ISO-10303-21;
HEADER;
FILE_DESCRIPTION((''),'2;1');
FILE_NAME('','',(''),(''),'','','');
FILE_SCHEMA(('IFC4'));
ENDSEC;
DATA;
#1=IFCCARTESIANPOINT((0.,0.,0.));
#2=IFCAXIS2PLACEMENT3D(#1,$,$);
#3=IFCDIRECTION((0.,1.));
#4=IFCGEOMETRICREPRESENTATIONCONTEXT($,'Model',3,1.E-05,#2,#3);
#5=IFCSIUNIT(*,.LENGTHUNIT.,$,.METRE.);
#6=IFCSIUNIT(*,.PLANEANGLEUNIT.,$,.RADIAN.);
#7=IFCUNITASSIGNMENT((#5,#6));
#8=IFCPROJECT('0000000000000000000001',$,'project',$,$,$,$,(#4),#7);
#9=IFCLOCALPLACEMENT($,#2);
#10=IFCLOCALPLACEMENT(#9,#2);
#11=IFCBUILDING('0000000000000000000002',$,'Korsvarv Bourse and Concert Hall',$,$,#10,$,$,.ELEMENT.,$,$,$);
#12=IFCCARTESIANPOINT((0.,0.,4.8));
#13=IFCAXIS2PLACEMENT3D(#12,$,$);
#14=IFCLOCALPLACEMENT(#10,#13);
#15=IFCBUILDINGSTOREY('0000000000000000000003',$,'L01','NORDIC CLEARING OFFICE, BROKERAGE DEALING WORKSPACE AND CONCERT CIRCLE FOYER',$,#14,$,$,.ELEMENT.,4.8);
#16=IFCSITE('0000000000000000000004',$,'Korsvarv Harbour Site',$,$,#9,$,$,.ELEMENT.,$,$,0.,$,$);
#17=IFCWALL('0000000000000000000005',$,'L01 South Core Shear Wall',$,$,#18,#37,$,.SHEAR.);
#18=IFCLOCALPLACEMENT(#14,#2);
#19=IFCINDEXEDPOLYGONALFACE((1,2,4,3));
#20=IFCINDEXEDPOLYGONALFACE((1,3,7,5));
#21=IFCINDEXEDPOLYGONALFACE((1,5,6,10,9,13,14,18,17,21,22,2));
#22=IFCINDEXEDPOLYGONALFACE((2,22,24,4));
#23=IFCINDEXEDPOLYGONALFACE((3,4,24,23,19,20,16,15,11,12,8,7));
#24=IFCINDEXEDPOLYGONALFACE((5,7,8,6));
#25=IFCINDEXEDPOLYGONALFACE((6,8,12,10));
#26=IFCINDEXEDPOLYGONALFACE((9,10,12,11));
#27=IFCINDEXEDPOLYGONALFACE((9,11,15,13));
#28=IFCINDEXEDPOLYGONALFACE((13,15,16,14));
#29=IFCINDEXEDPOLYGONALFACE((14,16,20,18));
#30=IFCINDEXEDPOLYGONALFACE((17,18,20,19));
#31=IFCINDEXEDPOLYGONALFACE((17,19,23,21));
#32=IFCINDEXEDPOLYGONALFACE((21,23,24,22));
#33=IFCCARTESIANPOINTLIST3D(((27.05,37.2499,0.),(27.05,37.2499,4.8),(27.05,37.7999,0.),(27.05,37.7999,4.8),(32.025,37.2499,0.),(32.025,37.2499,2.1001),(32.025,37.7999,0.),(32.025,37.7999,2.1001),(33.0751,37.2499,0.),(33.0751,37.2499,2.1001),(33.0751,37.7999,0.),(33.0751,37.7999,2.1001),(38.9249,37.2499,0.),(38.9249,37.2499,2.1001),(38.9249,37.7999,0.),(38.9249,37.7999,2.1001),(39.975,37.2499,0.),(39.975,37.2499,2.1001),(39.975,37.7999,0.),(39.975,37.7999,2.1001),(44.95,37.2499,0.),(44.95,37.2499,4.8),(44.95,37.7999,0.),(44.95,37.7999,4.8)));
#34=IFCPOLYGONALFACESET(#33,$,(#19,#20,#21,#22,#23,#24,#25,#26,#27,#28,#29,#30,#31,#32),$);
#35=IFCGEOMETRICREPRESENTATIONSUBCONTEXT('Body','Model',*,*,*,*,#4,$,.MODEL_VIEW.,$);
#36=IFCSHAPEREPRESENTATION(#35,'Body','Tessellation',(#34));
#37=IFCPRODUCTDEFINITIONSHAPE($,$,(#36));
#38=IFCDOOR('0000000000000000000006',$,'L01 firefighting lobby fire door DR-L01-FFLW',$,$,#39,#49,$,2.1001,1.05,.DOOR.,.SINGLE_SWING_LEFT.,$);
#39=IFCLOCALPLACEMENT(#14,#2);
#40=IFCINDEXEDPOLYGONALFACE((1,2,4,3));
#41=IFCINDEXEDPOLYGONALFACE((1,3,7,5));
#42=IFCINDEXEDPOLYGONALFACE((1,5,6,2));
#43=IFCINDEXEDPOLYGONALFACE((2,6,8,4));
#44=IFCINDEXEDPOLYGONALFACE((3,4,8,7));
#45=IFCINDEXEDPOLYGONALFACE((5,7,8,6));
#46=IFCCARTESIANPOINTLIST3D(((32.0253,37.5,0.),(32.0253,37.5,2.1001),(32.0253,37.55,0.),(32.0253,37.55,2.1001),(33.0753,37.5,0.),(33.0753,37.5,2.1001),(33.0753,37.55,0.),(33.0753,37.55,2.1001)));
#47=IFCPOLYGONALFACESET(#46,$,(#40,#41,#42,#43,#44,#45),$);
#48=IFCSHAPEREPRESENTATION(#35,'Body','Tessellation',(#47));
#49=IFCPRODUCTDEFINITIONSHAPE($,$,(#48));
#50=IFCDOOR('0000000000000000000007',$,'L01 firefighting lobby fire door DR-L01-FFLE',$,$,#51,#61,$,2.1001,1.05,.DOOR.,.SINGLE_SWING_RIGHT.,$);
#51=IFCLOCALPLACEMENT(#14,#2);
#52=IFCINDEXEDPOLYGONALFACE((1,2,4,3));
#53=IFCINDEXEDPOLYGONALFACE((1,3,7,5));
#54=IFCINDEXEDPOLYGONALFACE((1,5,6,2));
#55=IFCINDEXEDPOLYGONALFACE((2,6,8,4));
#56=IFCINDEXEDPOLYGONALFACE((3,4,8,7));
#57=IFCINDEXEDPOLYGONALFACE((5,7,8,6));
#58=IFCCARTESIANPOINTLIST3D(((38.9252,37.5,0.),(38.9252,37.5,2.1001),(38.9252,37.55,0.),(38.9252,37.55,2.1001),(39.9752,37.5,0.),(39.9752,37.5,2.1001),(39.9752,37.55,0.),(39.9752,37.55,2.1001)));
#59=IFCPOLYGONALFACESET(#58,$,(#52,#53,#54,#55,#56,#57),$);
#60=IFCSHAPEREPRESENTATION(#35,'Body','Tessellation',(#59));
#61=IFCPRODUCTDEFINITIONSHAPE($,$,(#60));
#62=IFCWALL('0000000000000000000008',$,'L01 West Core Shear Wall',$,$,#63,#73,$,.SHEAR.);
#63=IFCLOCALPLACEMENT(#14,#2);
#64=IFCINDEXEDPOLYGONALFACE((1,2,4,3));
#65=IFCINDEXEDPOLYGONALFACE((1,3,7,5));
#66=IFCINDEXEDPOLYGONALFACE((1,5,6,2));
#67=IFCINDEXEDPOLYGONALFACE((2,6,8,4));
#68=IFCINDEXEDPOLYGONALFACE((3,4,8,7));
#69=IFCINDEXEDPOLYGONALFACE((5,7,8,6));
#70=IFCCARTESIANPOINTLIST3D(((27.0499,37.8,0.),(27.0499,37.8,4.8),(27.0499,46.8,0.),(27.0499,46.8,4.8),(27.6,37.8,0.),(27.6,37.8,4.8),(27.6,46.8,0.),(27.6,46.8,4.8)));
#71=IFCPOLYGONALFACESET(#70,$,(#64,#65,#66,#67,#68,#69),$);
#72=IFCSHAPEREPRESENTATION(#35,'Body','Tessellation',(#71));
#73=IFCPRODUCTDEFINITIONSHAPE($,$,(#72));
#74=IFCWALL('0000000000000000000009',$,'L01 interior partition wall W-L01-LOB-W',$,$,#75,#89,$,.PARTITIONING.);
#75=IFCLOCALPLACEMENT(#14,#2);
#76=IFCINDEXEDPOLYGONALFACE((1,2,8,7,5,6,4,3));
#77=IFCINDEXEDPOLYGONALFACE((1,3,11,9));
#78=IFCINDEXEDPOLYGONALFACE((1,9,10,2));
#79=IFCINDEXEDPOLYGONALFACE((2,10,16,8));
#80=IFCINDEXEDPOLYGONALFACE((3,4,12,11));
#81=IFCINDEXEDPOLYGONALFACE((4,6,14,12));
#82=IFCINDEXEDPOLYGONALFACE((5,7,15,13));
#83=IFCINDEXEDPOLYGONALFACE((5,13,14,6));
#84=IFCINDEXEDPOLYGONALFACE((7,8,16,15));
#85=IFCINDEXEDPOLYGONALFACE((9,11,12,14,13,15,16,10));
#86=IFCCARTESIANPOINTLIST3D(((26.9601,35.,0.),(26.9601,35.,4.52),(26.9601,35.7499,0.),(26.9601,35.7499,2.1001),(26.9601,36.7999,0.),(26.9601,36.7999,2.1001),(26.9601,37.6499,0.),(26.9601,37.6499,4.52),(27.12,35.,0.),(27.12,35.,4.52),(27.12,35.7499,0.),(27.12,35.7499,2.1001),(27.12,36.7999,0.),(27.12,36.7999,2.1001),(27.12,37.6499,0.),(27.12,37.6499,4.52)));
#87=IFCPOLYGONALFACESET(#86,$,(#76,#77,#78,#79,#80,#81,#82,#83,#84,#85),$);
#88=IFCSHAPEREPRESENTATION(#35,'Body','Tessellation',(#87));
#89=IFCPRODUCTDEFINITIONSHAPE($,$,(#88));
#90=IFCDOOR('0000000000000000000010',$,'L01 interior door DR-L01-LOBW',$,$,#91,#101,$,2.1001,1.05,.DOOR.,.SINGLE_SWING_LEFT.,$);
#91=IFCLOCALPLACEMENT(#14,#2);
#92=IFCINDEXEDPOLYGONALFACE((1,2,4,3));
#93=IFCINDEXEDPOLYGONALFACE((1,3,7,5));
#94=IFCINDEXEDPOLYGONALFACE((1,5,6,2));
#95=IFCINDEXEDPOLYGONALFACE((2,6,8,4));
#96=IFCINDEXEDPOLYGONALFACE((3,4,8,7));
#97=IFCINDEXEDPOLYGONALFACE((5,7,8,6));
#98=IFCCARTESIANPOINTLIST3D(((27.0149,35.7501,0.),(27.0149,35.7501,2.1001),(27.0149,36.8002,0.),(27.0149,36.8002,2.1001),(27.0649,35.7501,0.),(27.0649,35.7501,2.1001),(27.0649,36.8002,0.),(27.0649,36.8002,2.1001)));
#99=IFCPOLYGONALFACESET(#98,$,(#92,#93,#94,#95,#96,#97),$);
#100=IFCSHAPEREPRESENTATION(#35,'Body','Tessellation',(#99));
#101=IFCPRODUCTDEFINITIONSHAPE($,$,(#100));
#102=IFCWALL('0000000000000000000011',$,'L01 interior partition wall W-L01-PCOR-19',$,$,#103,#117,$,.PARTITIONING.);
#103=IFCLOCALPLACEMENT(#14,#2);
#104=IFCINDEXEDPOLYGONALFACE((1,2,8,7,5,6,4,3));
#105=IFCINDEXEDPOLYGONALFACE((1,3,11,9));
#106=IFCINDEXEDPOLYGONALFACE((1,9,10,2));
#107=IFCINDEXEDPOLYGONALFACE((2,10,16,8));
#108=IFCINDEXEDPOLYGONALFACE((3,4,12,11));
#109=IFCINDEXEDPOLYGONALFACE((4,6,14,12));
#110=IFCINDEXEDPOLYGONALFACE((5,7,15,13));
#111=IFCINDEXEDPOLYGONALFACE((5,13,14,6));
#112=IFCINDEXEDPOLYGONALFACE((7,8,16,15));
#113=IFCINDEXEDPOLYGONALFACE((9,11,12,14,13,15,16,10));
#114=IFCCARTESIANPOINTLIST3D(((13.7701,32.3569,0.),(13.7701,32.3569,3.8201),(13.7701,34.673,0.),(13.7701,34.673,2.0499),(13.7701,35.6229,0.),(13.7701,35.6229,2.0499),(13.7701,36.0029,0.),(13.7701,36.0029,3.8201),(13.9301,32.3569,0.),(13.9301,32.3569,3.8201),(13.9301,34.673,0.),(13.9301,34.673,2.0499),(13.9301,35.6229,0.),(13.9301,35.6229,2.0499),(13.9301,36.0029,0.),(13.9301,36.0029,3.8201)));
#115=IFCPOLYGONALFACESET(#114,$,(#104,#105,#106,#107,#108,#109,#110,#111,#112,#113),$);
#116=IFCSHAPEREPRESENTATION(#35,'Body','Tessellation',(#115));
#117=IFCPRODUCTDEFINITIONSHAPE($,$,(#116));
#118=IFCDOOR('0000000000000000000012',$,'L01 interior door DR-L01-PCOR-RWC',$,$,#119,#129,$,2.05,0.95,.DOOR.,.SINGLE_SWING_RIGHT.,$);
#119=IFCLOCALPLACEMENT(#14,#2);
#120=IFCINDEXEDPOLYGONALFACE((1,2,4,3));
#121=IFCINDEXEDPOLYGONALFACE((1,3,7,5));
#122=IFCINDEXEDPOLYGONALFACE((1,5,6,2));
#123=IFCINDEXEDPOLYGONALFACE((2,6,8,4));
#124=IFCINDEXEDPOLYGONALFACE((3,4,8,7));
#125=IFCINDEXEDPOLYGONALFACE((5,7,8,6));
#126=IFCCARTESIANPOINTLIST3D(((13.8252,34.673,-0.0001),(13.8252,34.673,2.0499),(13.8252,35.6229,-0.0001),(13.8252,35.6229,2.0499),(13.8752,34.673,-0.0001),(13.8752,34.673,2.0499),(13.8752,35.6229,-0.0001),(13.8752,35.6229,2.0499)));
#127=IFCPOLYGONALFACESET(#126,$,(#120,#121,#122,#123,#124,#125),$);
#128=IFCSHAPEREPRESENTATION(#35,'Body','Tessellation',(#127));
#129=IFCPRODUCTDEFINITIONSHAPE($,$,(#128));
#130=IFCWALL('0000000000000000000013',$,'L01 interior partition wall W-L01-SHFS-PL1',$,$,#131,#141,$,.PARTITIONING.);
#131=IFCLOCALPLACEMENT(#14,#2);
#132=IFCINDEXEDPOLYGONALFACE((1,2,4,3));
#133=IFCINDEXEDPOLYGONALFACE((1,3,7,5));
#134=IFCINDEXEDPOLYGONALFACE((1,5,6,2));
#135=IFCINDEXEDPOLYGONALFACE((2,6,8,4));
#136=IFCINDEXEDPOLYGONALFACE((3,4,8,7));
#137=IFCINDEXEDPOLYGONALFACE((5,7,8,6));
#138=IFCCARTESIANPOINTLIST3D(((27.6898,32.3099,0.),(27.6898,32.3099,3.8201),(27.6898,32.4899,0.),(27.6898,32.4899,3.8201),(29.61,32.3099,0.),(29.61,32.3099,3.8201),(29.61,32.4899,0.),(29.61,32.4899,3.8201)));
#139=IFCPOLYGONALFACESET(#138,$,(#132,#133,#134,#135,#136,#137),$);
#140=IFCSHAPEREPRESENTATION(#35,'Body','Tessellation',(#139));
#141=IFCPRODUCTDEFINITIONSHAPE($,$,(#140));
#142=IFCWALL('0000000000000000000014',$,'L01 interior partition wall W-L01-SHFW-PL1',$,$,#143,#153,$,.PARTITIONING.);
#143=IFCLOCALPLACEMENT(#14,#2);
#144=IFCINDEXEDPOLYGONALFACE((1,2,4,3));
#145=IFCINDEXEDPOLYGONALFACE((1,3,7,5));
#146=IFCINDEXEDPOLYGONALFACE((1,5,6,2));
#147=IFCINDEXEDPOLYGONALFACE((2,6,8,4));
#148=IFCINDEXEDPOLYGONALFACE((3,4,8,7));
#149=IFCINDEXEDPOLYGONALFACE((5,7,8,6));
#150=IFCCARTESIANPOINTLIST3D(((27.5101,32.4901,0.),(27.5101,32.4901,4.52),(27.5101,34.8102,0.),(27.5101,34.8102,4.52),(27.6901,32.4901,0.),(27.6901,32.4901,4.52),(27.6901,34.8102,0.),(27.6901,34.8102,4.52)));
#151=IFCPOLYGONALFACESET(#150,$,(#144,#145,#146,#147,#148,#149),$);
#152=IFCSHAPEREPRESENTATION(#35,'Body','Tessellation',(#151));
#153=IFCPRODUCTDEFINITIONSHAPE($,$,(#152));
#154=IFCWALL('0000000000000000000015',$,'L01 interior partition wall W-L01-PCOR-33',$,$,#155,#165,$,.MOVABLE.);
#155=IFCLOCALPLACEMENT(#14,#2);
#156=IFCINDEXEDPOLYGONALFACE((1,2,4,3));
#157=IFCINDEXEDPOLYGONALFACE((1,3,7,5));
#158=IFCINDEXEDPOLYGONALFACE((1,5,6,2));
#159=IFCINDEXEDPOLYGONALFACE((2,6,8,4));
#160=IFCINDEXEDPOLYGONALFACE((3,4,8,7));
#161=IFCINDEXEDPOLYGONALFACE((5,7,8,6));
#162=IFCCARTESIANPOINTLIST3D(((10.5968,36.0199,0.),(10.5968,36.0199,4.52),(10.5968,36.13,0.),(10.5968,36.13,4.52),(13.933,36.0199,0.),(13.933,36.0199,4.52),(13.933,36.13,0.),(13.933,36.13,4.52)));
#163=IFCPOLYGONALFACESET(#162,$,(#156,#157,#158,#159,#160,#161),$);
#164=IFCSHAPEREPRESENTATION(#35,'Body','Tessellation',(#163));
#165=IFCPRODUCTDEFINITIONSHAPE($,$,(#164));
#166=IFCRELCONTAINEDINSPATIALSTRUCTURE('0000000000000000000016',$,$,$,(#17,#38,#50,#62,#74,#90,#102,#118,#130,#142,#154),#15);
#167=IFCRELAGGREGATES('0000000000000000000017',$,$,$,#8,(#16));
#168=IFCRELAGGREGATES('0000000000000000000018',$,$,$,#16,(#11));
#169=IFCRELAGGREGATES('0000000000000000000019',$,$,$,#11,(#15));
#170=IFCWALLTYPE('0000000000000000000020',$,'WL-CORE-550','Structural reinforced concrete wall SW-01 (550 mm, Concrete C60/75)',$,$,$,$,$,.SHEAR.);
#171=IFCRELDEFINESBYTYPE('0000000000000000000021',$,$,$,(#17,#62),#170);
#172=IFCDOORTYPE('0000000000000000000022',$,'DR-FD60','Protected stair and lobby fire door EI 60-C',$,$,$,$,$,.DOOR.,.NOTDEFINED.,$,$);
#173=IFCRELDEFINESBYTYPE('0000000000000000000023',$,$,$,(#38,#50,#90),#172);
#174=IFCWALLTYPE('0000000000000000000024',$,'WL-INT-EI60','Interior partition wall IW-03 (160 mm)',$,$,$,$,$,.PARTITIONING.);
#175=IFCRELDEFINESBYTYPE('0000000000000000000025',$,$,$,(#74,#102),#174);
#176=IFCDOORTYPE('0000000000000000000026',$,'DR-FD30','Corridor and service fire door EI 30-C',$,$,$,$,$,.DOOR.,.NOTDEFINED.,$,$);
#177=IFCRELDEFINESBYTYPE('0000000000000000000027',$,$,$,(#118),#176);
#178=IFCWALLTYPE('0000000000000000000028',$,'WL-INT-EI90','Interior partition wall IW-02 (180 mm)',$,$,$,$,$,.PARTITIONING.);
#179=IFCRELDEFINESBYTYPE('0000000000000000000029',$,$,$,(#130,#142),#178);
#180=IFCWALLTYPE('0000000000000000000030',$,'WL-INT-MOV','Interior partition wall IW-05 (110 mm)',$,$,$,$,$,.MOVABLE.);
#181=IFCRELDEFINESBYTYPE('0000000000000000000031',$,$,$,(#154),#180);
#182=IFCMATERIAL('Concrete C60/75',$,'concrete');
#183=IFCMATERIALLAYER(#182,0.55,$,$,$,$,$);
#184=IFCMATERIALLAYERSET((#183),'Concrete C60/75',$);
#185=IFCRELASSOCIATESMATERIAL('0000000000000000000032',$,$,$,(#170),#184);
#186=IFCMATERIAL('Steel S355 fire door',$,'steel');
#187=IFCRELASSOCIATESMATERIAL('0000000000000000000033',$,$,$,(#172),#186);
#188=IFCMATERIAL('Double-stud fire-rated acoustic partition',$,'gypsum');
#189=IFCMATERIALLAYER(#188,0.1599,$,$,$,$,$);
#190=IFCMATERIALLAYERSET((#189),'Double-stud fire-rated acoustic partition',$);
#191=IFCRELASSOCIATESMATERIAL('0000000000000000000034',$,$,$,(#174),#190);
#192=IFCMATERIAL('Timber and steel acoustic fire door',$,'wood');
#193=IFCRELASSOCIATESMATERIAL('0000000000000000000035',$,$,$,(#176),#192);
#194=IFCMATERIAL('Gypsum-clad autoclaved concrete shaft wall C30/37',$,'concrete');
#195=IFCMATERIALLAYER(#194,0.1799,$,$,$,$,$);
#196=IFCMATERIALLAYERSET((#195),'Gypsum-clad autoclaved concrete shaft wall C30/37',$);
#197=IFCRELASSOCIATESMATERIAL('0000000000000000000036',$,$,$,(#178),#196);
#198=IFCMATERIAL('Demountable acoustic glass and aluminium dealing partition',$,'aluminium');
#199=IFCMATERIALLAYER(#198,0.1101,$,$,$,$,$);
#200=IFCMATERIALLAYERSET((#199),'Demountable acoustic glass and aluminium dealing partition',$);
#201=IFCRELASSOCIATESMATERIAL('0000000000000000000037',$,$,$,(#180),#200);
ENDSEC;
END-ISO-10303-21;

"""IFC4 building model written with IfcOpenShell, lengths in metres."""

from ifc_helpers import new_model, si_unit, direction, frame, frame_2d, origin, place, context, subcontext, project, spatial, rectangle, extrude, material, layer, layer_set, type_object, element, fill, save


model = new_model("IFC4")

# Units and contexts
model_context = context("Model", 3, precision=1e-05, world=origin(), true_north=direction((0.0, 1.0)))
body_context = subcontext(model_context, "Body", "Model", "MODEL_VIEW")
ifc_project = project(units=[si_unit("LENGTHUNIT", "METRE"), si_unit("PLANEANGLEUNIT", "RADIAN")], contexts=[model_context])

# Site, building, storey
site_placement = place(None, origin())
site = spatial("IfcSite", under=ifc_project, at=site_placement, Name="Korsvarv Harbour Site", CompositionType="ELEMENT", RefElevation=0.0)
building_placement = place(site_placement, origin())
building = spatial("IfcBuilding", under=site, at=building_placement, Name="Korsvarv Bourse and Concert Hall", CompositionType="ELEMENT")
storey_placement = place(building_placement, frame((0.0, 0.0, 4.8)))
storey = spatial("IfcBuildingStorey", under=building, at=storey_placement, Name="L01", Description="NORDIC CLEARING OFFICE, BROKERAGE DEALING WORKSPACE AND CONCERT CIRCLE FOYER", CompositionType="ELEMENT", Elevation=4.8)

# Shared definitions
ifc_material_1 = material(Name="Concrete C60/75", Category="concrete")

# Wall, openings, doors
ifc_layer_1 = layer(ifc_material_1, 0.55)
ifc_layer_set_1 = layer_set([ifc_layer_1], Name="Concrete C60/75")
wall_type_1 = type_object("IfcWallType", Name="WL-CORE-550", Description="Structural reinforced concrete wall SW-01 (550 mm, Concrete C60/75)", PredefinedType="SHEAR", material=ifc_layer_set_1)
wall_1_placement = place(storey_placement, frame((27.05, 37.5249, 0.0), z_axis=(0.0, 0.0, 1.0), x_axis=(1.0, 0.0, 0.0)))
wall_1 = element("IfcWall", 1, at=wall_1_placement, inside=storey, type_object=wall_type_1, Name="L01 South Core Shear Wall", PredefinedType="SHEAR", context=body_context, shape_type="SweptSolid", body=[
    extrude(rectangle(XDim=17.8999, YDim=0.55, at=frame_2d((8.95, 0.0))), origin(), (0.0, 0.0, 1.0), 4.8),
])
opening_1_placement = place(wall_1_placement, frame((4.9751, 0.0, 0.0)))
opening_1 = element("IfcOpeningElement", 2, at=opening_1_placement, cuts=wall_1, PredefinedType="OPENING", context=body_context, shape_type="SweptSolid", body=[
    extrude(rectangle(XDim=1.05, YDim=2.1001, at=frame_2d((0.5249, 1.05))), frame((0.0, 0.2852, 0.0), z_axis=(0.0, -1.0, 0.0), x_axis=(1.0, 0.0, 0.0)), (0.0, 0.0, 1.0), 0.5701),
])
opening_2_placement = place(wall_1_placement, frame((11.875, 0.0, 0.0)))
opening_2 = element("IfcOpeningElement", 3, at=opening_2_placement, cuts=wall_1, PredefinedType="OPENING", context=body_context, shape_type="SweptSolid", body=[
    extrude(rectangle(XDim=1.05, YDim=2.1001, at=frame_2d((0.5249, 1.05))), frame((0.0, 0.2852, 0.0), z_axis=(0.0, -1.0, 0.0), x_axis=(1.0, 0.0, 0.0)), (0.0, 0.0, 1.0), 0.5701),
])
ifc_material_2 = material(Name="Steel S355 fire door", Category="steel")
door_type_1 = type_object("IfcDoorType", Name="DR-FD60", Description="Protected stair and lobby fire door EI 60-C", OperationType="NOTDEFINED", PredefinedType="DOOR", material=ifc_material_2)
door_1_placement = place(opening_1_placement, frame((1.05, 0.0, 0.0), z_axis=(0.0, 0.0, 1.0), x_axis=(-1.0, 0.0, 0.0)))
door_1 = element("IfcDoor", 4, at=door_1_placement, inside=storey, type_object=door_type_1, Name="L01 firefighting lobby fire door DR-L01-FFLW", OperationType="SINGLE_SWING_LEFT", OverallHeight=2.1001, OverallWidth=1.05, PredefinedType="DOOR", context=body_context, shape_type="SweptSolid", body=[
    extrude(rectangle(XDim=1.05, YDim=2.1001, at=frame_2d((0.5249, 1.05))), frame((0.0, 0.0249, 0.0), z_axis=(0.0, -1.0, 0.0), x_axis=(1.0, 0.0, 0.0)), (0.0, 0.0, 1.0), 0.05),
])
fill(opening_1, door_1)
door_2_placement = place(opening_2_placement, frame((1.05, 0.0, 0.0), z_axis=(0.0, 0.0, 1.0), x_axis=(-1.0, 0.0, 0.0)))
door_2 = element("IfcDoor", 5, at=door_2_placement, inside=storey, type_object=door_type_1, Name="L01 firefighting lobby fire door DR-L01-FFLE", OperationType="SINGLE_SWING_RIGHT", OverallHeight=2.1001, OverallWidth=1.05, PredefinedType="DOOR", context=body_context, shape_type="SweptSolid", body=[
    extrude(rectangle(XDim=1.05, YDim=2.1001, at=frame_2d((0.5249, 1.05))), frame((0.0, 0.0249, 0.0), z_axis=(0.0, -1.0, 0.0), x_axis=(1.0, 0.0, 0.0)), (0.0, 0.0, 1.0), 0.05),
])
fill(opening_2, door_2)

# Wall
wall_2_placement = place(storey_placement, frame((27.325, 37.8, 0.0), z_axis=(0.0, 0.0, 1.0), x_axis=(0.0, 1.0, 0.0)))
element("IfcWall", 6, at=wall_2_placement, inside=storey, type_object=wall_type_1, Name="L01 West Core Shear Wall", PredefinedType="SHEAR", context=body_context, shape_type="SweptSolid", body=[
    extrude(rectangle(XDim=9.0, YDim=0.55, at=frame_2d((4.5, 0.0))), origin(), (0.0, 0.0, 1.0), 4.8),
])

# Walls, openings, doors
ifc_material_3 = material(Name="Double-stud fire-rated acoustic partition", Category="gypsum")
ifc_layer_2 = layer(ifc_material_3, 0.1599)
ifc_layer_set_2 = layer_set([ifc_layer_2], Name="Double-stud fire-rated acoustic partition")
wall_type_2 = type_object("IfcWallType", Name="WL-INT-EI60", Description="Interior partition wall IW-03 (160 mm)", PredefinedType="PARTITIONING", material=ifc_layer_set_2)
wall_3_placement = place(storey_placement, frame((27.04, 35.0, 0.0), z_axis=(0.0, 0.0, 1.0), x_axis=(0.0, 1.0, 0.0)))
wall_3 = element("IfcWall", 7, at=wall_3_placement, inside=storey, type_object=wall_type_2, Name="L01 interior partition wall W-L01-LOB-W", PredefinedType="PARTITIONING", context=body_context, shape_type="SweptSolid", body=[
    extrude(rectangle(XDim=2.6499, YDim=0.1599, at=frame_2d((1.325, 0.0))), origin(), (0.0, 0.0, 1.0), 4.52),
])
opening_3_placement = place(wall_3_placement, frame((0.75, 0.0, 0.0)))
opening_3 = element("IfcOpeningElement", 8, at=opening_3_placement, cuts=wall_3, PredefinedType="OPENING", context=body_context, shape_type="SweptSolid", body=[
    extrude(rectangle(XDim=1.05, YDim=2.1001, at=frame_2d((0.5249, 1.05))), frame((0.0, 0.0898, 0.0), z_axis=(0.0, -1.0, 0.0), x_axis=(1.0, 0.0, 0.0)), (0.0, 0.0, 1.0), 0.1799),
])
door_3_placement = place(opening_3_placement, frame((1.05, 0.0, 0.0), z_axis=(0.0, 0.0, 1.0), x_axis=(-1.0, 0.0, 0.0)))
door_3 = element("IfcDoor", 9, at=door_3_placement, inside=storey, type_object=door_type_1, Name="L01 interior door DR-L01-LOBW", OperationType="SINGLE_SWING_LEFT", OverallHeight=2.1001, OverallWidth=1.05, PredefinedType="DOOR", context=body_context, shape_type="SweptSolid", body=[
    extrude(rectangle(XDim=1.05, YDim=2.1001, at=frame_2d((0.5249, 1.05))), frame((0.0, 0.0249, 0.0), z_axis=(0.0, -1.0, 0.0), x_axis=(1.0, 0.0, 0.0)), (0.0, 0.0, 1.0), 0.05),
])
fill(opening_3, door_3)
wall_4_placement = place(storey_placement, frame((13.8501, 32.3569, 0.0), z_axis=(0.0, 0.0, 1.0), x_axis=(0.0, 1.0, 0.0)))
wall_4 = element("IfcWall", 10, at=wall_4_placement, inside=storey, type_object=wall_type_2, Name="L01 interior partition wall W-L01-PCOR-19", PredefinedType="PARTITIONING", context=body_context, shape_type="SweptSolid", body=[
    extrude(rectangle(XDim=3.646, YDim=0.1599, at=frame_2d((1.823, 0.0))), origin(), (0.0, 0.0, 1.0), 3.8201),
])
opening_4_placement = place(wall_4_placement, frame((2.3159, 0.0, 0.0)))
opening_4 = element("IfcOpeningElement", 11, at=opening_4_placement, cuts=wall_4, PredefinedType="OPENING", context=body_context, shape_type="SweptSolid", body=[
    extrude(rectangle(XDim=0.95, YDim=2.05, at=frame_2d((0.4751, 1.0249))), frame((0.0, 0.0898, 0.0), z_axis=(0.0, -1.0, 0.0), x_axis=(1.0, 0.0, 0.0)), (0.0, 0.0, 1.0), 0.1799),
])
ifc_material_4 = material(Name="Timber and steel acoustic fire door", Category="wood")
door_type_2 = type_object("IfcDoorType", Name="DR-FD30", Description="Corridor and service fire door EI 30-C", OperationType="NOTDEFINED", PredefinedType="DOOR", material=ifc_material_4)
door_4_placement = place(opening_4_placement, origin())
door_4 = element("IfcDoor", 12, at=door_4_placement, inside=storey, type_object=door_type_2, Name="L01 interior door DR-L01-PCOR-RWC", OperationType="SINGLE_SWING_RIGHT", OverallHeight=2.05, OverallWidth=0.95, PredefinedType="DOOR", context=body_context, shape_type="SweptSolid", body=[
    extrude(rectangle(XDim=0.95, YDim=2.05, at=frame_2d((0.4751, 1.0249))), frame((0.0, 0.0249, 0.0), z_axis=(0.0, -1.0, 0.0), x_axis=(1.0, 0.0, 0.0)), (0.0, 0.0, 1.0), 0.05),
])
fill(opening_4, door_4)

# Walls
ifc_material_5 = material(Name="Gypsum-clad autoclaved concrete shaft wall C30/37", Category="concrete")
ifc_layer_3 = layer(ifc_material_5, 0.1799)
ifc_layer_set_3 = layer_set([ifc_layer_3], Name="Gypsum-clad autoclaved concrete shaft wall C30/37")
wall_type_3 = type_object("IfcWallType", Name="WL-INT-EI90", Description="Interior partition wall IW-02 (180 mm)", PredefinedType="PARTITIONING", material=ifc_layer_set_3)
wall_5_placement = place(storey_placement, frame((27.6899, 32.3999, 0.0), z_axis=(0.0, 0.0, 1.0), x_axis=(1.0, 0.0, 0.0)))
element("IfcWall", 13, at=wall_5_placement, inside=storey, type_object=wall_type_3, Name="L01 interior partition wall W-L01-SHFS-PL1", PredefinedType="PARTITIONING", context=body_context, shape_type="SweptSolid", body=[
    extrude(rectangle(XDim=1.9202, YDim=0.1799, at=frame_2d((0.96, 0.0))), origin(), (0.0, 0.0, 1.0), 3.8201),
])
wall_6_placement = place(storey_placement, frame((27.6001, 32.49, 0.0), z_axis=(0.0, 0.0, 1.0), x_axis=(0.0, 1.0, 0.0)))
element("IfcWall", 14, at=wall_6_placement, inside=storey, type_object=wall_type_3, Name="L01 interior partition wall W-L01-SHFW-PL1", PredefinedType="PARTITIONING", context=body_context, shape_type="SweptSolid", body=[
    extrude(rectangle(XDim=2.3201, YDim=0.1799, at=frame_2d((1.1602, 0.0))), origin(), (0.0, 0.0, 1.0), 4.52),
])
ifc_material_6 = material(Name="Demountable acoustic glass and aluminium dealing partition", Category="aluminium")
ifc_layer_4 = layer(ifc_material_6, 0.1101)
ifc_layer_set_4 = layer_set([ifc_layer_4], Name="Demountable acoustic glass and aluminium dealing partition")
wall_type_4 = type_object("IfcWallType", Name="WL-INT-MOV", Description="Interior partition wall IW-05 (110 mm)", PredefinedType="MOVABLE", material=ifc_layer_set_4)
wall_7_placement = place(storey_placement, frame((10.5969, 36.075, 0.0), z_axis=(0.0, 0.0, 1.0), x_axis=(1.0, 0.0, 0.0)))
element("IfcWall", 15, at=wall_7_placement, inside=storey, type_object=wall_type_4, Name="L01 interior partition wall W-L01-PCOR-33", PredefinedType="MOVABLE", context=body_context, shape_type="SweptSolid", body=[
    extrude(rectangle(XDim=3.3362, YDim=0.1101, at=frame_2d((1.668, 0.0))), origin(), (0.0, 0.0, 1.0), 4.52),
])

save(model, "model.ifc")
